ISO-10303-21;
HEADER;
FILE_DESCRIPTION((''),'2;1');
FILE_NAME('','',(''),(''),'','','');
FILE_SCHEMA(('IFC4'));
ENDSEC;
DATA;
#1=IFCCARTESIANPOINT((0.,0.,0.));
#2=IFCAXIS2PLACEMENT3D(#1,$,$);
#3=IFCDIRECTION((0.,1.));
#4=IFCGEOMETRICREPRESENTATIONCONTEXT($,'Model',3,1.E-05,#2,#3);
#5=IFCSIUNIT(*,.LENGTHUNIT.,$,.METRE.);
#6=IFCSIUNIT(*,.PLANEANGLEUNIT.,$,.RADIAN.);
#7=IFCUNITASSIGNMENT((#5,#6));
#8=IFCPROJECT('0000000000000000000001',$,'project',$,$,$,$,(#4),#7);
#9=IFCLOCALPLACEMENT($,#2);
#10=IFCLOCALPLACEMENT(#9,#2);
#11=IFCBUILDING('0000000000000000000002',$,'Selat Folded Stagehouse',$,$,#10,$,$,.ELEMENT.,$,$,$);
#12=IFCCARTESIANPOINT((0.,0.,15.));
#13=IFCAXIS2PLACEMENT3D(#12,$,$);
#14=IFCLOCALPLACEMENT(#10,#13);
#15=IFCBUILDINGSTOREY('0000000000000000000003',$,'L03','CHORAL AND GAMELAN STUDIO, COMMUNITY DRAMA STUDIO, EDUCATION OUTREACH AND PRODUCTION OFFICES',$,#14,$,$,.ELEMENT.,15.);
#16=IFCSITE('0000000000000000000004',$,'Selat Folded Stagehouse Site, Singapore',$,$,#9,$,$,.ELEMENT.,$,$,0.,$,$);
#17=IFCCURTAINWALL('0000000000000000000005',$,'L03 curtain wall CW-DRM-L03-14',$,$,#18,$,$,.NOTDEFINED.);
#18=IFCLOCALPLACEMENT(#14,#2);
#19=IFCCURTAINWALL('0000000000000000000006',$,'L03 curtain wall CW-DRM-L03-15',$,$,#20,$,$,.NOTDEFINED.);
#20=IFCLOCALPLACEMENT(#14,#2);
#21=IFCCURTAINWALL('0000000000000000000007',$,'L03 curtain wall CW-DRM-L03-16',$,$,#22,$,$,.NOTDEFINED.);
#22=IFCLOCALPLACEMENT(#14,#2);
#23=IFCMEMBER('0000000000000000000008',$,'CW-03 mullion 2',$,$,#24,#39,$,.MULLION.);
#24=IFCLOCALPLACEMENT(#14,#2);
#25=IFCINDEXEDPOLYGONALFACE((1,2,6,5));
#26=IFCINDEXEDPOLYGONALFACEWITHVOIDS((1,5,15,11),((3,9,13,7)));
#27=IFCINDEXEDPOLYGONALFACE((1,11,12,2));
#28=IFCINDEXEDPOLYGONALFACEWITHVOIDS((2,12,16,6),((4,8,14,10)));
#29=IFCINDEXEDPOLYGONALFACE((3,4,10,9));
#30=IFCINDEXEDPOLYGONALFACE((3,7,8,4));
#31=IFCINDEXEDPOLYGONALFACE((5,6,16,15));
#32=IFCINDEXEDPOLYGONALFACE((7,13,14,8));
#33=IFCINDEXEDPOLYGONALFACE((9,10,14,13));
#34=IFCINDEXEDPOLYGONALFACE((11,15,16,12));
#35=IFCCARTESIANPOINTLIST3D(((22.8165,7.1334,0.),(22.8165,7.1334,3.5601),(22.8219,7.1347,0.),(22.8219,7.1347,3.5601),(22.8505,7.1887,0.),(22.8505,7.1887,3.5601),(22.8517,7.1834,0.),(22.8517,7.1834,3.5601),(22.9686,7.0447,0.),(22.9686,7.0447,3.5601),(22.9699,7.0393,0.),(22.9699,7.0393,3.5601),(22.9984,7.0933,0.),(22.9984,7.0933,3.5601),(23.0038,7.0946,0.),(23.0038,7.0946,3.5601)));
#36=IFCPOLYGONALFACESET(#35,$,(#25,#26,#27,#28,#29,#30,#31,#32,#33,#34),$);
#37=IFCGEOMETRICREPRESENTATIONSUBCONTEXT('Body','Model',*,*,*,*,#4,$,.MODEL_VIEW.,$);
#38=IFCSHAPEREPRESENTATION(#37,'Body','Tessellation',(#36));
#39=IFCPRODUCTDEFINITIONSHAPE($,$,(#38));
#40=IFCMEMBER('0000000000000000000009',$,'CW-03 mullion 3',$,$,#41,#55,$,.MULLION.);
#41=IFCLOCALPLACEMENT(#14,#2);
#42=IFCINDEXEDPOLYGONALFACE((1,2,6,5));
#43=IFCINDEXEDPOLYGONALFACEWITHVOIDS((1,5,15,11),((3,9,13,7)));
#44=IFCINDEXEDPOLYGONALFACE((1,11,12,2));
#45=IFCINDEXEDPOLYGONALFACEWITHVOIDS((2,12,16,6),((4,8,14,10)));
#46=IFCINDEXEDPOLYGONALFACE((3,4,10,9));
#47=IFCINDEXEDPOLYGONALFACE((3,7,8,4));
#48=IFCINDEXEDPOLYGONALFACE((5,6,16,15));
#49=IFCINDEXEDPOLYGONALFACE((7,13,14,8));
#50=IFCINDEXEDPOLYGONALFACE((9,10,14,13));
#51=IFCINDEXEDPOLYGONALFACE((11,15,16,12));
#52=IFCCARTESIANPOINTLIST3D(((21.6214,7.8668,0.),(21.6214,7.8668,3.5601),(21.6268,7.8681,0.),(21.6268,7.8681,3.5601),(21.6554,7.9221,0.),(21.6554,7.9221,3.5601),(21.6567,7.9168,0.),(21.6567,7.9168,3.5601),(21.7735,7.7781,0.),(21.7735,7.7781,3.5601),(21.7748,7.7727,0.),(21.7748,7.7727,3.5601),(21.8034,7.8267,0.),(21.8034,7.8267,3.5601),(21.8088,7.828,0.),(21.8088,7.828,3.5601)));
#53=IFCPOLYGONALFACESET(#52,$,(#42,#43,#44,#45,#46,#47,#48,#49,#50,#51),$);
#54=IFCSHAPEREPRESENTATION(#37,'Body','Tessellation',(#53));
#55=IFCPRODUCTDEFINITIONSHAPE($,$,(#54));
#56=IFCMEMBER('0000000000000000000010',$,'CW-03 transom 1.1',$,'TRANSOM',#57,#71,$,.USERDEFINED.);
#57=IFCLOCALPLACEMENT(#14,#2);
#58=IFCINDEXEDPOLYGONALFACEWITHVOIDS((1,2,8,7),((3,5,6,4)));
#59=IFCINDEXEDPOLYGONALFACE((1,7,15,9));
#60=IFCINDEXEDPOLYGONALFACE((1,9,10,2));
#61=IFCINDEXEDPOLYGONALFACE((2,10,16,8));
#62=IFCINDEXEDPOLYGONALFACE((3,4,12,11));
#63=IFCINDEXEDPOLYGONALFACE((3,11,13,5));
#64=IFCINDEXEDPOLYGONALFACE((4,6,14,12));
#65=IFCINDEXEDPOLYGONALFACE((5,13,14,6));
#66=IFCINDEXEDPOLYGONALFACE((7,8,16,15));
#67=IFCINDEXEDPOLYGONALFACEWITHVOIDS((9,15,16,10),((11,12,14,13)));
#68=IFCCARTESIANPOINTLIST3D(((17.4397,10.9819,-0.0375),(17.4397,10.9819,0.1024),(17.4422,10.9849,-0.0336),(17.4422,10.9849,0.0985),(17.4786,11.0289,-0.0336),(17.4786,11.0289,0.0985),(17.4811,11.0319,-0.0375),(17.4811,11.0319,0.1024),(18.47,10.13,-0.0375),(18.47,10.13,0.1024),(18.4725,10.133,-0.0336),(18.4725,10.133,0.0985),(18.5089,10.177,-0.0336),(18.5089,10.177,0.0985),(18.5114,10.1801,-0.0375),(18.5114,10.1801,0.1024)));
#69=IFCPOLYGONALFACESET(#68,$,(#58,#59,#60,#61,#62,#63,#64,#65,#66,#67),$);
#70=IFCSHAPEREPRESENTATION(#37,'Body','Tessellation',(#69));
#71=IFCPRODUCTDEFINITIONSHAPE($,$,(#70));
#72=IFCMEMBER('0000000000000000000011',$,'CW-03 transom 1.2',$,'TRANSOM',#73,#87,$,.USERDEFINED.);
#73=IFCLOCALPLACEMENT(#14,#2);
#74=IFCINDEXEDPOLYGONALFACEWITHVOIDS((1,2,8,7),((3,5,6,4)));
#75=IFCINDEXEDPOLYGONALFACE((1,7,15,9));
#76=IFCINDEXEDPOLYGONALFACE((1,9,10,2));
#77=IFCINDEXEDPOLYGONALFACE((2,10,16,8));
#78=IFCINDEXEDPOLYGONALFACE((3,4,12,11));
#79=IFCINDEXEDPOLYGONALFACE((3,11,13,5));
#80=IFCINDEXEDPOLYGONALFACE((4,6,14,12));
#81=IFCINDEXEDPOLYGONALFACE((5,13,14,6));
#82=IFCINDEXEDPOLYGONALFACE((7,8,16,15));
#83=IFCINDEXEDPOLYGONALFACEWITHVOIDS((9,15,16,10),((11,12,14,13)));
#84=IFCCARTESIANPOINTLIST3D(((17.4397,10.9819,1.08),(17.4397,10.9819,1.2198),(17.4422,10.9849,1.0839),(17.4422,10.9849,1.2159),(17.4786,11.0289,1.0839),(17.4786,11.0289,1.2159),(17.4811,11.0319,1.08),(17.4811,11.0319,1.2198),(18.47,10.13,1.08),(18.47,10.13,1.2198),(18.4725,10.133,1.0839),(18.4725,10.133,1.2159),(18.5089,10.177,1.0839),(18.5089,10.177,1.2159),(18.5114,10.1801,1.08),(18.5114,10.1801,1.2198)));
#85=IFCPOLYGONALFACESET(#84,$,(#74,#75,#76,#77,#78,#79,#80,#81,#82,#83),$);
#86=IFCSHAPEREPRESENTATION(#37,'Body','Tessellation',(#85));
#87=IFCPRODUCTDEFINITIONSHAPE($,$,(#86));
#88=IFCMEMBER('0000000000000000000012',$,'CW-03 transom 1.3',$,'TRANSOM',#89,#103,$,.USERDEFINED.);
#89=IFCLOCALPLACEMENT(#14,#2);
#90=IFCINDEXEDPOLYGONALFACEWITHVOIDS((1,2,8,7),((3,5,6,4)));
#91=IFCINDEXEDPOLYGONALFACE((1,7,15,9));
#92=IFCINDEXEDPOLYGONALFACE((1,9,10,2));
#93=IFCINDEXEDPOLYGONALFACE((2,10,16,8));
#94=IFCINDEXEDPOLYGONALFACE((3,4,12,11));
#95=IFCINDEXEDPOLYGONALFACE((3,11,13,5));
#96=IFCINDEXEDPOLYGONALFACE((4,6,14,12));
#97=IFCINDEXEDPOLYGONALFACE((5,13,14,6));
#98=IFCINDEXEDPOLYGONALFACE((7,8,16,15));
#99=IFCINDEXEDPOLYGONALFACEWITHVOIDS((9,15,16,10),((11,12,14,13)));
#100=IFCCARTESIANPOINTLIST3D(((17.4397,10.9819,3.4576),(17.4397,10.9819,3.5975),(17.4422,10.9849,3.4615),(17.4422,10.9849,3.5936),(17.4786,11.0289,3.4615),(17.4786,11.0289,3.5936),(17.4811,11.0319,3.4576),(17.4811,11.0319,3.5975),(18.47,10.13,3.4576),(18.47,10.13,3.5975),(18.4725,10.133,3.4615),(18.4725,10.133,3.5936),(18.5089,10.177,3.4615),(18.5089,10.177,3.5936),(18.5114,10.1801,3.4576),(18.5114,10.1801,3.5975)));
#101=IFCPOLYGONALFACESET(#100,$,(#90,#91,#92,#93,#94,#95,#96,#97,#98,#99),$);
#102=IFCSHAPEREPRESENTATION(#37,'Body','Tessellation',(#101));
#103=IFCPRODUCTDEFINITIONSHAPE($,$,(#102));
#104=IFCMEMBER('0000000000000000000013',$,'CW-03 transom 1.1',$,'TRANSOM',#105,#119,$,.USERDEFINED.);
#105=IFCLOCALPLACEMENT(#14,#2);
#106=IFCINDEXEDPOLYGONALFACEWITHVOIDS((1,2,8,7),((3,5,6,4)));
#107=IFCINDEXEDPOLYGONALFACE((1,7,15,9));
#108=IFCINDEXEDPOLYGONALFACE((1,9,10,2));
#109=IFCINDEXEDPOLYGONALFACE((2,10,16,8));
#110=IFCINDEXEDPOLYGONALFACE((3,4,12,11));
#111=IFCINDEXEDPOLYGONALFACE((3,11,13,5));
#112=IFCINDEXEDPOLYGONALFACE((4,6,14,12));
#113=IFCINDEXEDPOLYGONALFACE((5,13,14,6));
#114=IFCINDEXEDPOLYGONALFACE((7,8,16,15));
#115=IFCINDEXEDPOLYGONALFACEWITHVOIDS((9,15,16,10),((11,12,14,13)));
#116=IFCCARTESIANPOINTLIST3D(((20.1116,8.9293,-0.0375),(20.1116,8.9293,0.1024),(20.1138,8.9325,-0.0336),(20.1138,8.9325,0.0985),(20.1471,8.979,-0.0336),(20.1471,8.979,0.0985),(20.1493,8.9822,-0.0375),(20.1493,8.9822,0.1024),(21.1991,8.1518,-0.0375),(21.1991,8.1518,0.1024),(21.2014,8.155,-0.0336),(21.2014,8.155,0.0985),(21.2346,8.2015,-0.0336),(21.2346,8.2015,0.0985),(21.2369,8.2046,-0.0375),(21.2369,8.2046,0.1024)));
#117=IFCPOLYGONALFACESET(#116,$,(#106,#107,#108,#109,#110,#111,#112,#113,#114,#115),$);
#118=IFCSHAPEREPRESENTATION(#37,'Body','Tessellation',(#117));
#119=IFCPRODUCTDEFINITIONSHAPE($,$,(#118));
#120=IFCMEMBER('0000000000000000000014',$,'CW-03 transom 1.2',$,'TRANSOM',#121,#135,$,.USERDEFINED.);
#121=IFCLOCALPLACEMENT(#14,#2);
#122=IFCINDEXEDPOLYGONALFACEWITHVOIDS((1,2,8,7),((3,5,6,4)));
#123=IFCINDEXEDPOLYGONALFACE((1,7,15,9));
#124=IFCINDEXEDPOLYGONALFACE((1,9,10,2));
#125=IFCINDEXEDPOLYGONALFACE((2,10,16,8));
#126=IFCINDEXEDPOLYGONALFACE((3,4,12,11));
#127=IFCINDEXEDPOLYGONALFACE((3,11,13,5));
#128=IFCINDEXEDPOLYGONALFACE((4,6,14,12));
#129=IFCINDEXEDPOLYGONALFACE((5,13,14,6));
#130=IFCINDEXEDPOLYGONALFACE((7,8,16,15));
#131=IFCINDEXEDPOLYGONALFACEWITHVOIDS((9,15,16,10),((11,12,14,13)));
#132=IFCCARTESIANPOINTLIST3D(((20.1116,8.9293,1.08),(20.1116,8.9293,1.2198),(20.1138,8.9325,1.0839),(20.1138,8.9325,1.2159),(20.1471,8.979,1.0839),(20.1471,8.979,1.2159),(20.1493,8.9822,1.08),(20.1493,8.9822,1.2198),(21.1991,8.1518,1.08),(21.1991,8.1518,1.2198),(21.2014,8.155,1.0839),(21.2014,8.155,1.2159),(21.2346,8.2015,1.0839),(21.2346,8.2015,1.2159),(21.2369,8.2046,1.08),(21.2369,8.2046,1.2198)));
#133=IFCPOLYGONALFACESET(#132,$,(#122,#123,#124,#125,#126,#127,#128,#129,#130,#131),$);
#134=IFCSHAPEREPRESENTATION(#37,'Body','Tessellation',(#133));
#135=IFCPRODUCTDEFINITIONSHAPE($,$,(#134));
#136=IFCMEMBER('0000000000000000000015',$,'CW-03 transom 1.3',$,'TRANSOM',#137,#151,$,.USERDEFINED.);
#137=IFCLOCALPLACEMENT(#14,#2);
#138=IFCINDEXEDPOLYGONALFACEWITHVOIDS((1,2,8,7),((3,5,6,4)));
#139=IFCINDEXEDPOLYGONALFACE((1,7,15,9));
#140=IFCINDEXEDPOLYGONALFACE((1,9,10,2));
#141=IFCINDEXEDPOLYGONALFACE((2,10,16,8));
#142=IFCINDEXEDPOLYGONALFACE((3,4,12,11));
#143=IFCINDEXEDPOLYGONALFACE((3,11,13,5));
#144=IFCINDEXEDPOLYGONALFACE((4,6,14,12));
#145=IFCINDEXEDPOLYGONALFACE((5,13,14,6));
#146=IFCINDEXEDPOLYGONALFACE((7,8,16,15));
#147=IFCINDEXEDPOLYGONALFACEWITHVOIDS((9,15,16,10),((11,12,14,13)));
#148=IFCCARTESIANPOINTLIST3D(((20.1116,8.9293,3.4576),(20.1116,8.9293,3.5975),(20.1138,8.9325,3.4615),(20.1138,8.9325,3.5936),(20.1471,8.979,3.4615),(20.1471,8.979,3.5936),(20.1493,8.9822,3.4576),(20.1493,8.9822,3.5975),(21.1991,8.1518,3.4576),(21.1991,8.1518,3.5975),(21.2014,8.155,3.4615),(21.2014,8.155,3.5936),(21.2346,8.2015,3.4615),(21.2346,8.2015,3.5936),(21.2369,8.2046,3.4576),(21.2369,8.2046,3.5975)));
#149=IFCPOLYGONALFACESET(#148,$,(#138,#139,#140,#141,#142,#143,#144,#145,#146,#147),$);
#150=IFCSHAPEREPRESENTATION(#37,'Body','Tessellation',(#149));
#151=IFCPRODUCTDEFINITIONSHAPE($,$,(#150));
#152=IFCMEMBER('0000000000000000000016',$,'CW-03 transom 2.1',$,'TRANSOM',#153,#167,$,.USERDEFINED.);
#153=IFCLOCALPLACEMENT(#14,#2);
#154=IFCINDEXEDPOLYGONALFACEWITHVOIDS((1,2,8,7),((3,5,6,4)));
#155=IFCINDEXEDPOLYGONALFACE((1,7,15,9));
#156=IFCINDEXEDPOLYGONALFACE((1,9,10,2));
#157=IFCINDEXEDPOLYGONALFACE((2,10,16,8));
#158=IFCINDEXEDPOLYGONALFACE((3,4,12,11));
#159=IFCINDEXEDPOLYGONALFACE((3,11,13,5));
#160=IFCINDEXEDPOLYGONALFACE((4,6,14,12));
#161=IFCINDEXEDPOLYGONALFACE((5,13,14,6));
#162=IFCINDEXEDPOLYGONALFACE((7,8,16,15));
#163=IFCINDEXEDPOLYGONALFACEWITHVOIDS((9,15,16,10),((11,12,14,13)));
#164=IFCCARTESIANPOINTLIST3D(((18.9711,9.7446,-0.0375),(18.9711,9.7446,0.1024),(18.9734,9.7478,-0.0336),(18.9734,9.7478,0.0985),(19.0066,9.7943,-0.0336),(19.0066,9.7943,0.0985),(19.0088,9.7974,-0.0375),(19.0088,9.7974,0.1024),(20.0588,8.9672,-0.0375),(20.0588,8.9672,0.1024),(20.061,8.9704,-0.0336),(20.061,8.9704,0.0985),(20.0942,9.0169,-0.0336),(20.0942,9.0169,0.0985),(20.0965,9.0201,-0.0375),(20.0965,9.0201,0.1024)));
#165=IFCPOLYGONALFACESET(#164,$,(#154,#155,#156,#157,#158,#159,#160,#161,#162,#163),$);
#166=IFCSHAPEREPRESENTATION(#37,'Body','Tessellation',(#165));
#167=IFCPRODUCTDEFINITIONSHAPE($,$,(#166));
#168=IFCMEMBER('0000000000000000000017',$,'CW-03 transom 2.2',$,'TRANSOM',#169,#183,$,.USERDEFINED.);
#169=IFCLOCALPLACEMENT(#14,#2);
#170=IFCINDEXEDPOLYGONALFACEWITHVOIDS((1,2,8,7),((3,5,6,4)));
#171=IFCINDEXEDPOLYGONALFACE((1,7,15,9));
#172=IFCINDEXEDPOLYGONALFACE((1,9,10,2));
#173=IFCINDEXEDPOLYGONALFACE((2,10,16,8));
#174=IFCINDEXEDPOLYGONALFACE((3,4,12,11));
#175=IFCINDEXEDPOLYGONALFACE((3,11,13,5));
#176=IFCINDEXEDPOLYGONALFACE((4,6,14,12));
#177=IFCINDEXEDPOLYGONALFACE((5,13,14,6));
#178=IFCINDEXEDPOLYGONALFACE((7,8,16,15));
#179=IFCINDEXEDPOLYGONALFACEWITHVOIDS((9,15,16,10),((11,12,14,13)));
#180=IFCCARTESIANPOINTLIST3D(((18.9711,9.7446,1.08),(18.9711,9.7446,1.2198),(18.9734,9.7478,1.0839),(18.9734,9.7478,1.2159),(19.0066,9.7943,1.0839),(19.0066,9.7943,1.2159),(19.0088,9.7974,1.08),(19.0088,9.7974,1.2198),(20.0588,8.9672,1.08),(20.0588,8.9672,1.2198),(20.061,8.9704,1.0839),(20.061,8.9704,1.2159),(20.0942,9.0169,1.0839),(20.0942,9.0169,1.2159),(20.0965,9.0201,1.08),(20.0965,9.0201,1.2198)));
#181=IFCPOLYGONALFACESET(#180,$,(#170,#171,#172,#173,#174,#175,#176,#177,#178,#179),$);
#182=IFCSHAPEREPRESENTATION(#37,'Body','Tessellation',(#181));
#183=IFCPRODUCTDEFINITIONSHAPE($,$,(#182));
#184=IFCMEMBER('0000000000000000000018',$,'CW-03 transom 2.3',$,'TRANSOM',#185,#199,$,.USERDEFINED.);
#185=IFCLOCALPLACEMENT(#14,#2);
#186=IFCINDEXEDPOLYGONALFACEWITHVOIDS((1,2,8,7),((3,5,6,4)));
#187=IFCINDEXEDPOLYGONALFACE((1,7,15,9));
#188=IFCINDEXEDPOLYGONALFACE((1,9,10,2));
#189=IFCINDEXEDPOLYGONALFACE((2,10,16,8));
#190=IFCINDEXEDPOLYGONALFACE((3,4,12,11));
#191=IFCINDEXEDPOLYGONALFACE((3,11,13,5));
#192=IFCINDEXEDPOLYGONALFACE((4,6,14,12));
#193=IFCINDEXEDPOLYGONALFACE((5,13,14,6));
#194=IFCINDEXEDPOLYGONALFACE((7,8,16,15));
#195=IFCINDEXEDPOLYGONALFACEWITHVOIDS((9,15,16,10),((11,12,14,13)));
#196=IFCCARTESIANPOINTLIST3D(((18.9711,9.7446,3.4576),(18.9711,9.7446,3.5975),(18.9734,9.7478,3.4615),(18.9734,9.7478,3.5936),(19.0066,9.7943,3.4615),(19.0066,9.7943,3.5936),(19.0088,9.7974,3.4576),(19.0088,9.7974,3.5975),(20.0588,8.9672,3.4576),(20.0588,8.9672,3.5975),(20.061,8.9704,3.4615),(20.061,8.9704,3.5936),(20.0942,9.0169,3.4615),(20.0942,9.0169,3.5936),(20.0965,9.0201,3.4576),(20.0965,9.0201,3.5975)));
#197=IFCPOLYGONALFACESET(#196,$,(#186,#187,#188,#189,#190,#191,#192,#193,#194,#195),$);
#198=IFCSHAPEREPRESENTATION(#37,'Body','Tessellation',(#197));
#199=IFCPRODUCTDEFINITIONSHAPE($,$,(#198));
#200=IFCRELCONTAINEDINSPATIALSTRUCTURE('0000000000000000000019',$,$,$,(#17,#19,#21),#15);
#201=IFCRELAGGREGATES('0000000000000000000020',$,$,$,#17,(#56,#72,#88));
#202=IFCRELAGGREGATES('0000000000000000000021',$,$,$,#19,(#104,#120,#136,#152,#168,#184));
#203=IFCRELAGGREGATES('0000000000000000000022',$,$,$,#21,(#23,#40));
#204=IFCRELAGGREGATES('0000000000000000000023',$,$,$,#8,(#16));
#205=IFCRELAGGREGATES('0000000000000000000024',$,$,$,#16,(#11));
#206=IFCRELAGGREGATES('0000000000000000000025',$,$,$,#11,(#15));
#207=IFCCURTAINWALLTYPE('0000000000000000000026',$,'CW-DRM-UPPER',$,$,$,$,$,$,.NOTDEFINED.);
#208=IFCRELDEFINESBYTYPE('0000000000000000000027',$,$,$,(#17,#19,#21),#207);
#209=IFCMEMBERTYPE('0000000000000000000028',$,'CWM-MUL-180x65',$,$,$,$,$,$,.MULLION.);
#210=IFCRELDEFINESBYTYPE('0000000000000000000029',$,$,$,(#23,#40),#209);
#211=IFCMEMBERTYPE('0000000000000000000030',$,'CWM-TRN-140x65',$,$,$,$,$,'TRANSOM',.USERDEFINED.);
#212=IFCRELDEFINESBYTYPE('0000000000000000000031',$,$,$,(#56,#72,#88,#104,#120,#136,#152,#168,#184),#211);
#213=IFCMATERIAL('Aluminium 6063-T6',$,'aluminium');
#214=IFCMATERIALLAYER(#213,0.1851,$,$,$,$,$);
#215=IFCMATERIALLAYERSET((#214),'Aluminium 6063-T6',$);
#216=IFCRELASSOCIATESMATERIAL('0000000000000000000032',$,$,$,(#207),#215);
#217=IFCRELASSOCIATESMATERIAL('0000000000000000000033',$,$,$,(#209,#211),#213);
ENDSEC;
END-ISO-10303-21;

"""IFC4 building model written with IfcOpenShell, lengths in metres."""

from ifc_helpers import new_model, si_unit, direction, frame, origin, origin_2d, place, context, subcontext, project, spatial, hollow_rectangle, extrude, material, layer, layer_set, material_profile, profile_set, type_object, element, aggregate, save


model = new_model("IFC4")

# Units and contexts
model_context = context("Model", 3, precision=1e-05, world=origin(), true_north=direction((0.0, 1.0)))
body_context = subcontext(model_context, "Body", "Model", "MODEL_VIEW")
ifc_project = project(units=[si_unit("LENGTHUNIT", "METRE"), si_unit("PLANEANGLEUNIT", "RADIAN")], contexts=[model_context])

# Site, building, storey
site_placement = place(None, origin())
site = spatial("IfcSite", under=ifc_project, at=site_placement, Name="Selat Folded Stagehouse Site, Singapore", CompositionType="ELEMENT", RefElevation=0.0)
building_placement = place(site_placement, origin())
building = spatial("IfcBuilding", under=site, at=building_placement, Name="Selat Folded Stagehouse", CompositionType="ELEMENT")
storey_placement = place(building_placement, frame((0.0, 0.0, 15.0)))
storey = spatial("IfcBuildingStorey", under=building, at=storey_placement, Name="L03", Description="CHORAL AND GAMELAN STUDIO, COMMUNITY DRAMA STUDIO, EDUCATION OUTREACH AND PRODUCTION OFFICES", CompositionType="ELEMENT", Elevation=15.0)

# Curtain walls, members
ifc_material_1 = material(Name="Aluminium 6063-T6", Category="aluminium")
ifc_layer_1 = layer(ifc_material_1, 0.1851)
ifc_layer_set_1 = layer_set([ifc_layer_1], Name="Aluminium 6063-T6")
curtain_wall_type = type_object("IfcCurtainWallType", Name="CW-DRM-UPPER", PredefinedType="NOTDEFINED", material=ifc_layer_set_1)
curtain_wall_1_placement = place(storey_placement, origin())
curtain_wall_1 = element("IfcCurtainWall", 1, at=curtain_wall_1_placement, inside=storey, type_object=curtain_wall_type, Name="L03 curtain wall CW-DRM-L03-14", PredefinedType="NOTDEFINED")
ifc_material_profile_1 = material_profile(ifc_material_1, hollow_rectangle(XDim=0.0649, YDim=0.1799, WallThickness=0.0039, at=origin_2d()), Name="ALU 180x65x4.0")
ifc_profile_set_1 = profile_set([ifc_material_profile_1], Name="Aluminium 6063-T6")
member_type_1 = type_object("IfcMemberType", Name="CWM-MUL-180x65", PredefinedType="MULLION", material=ifc_profile_set_1)
curtain_wall_2_placement = place(storey_placement, origin())
curtain_wall_2 = element("IfcCurtainWall", 2, at=curtain_wall_2_placement, inside=storey, type_object=curtain_wall_type, Name="L03 curtain wall CW-DRM-L03-15", PredefinedType="NOTDEFINED")
curtain_wall_3_placement = place(storey_placement, origin())
curtain_wall_3 = element("IfcCurtainWall", 3, at=curtain_wall_3_placement, inside=storey, type_object=curtain_wall_type, Name="L03 curtain wall CW-DRM-L03-16", PredefinedType="NOTDEFINED")
member_1_placement = place(storey_placement, frame((22.9102, 7.114, 0.0), z_axis=(0.0, 0.0, 1.0), x_axis=(-0.523025, -0.852317, 0.0)))
member_1 = element("IfcMember", 4, at=member_1_placement, type_object=member_type_1, Name="CW-03 mullion 2", PredefinedType="MULLION", context=body_context, shape_type="SweptSolid", body=[
    extrude(hollow_rectangle(XDim=0.0649, YDim=0.1799, WallThickness=0.0039, at=origin_2d()), origin(), (0.0, 0.0, 1.0), 3.5601),
])
member_2_placement = place(storey_placement, frame((21.7151, 7.8474, 0.0), z_axis=(0.0, 0.0, 1.0), x_axis=(-0.523025, -0.852317, 0.0)))
member_2 = element("IfcMember", 5, at=member_2_placement, type_object=member_type_1, Name="CW-03 mullion 3", PredefinedType="MULLION", context=body_context, shape_type="SweptSolid", body=[
    extrude(hollow_rectangle(XDim=0.0649, YDim=0.1799, WallThickness=0.0039, at=origin_2d()), origin(), (0.0, 0.0, 1.0), 3.5601),
])

# Members
ifc_material_profile_2 = material_profile(ifc_material_1, hollow_rectangle(XDim=0.0649, YDim=0.1399, WallThickness=0.0039, at=origin_2d()), Name="ALU 140x65x4.0")
ifc_profile_set_2 = profile_set([ifc_material_profile_2], Name="Aluminium 6063-T6")
member_type_2 = type_object("IfcMemberType", Name="CWM-TRN-140x65", ElementType="TRANSOM", PredefinedType="USERDEFINED", material=ifc_profile_set_2)
member_3_placement = place(storey_placement, frame((18.4907, 10.155, 0.0325), z_axis=(-0.7707, 0.637198, 0.0), x_axis=(-0.637198, -0.7707, 0.0)))
member_3 = element("IfcMember", 6, at=member_3_placement, type_object=member_type_2, Name="CW-03 transom 1.1", ObjectType="TRANSOM", PredefinedType="USERDEFINED", context=body_context, shape_type="SweptSolid", body=[
    extrude(hollow_rectangle(XDim=0.0649, YDim=0.1399, WallThickness=0.0039, at=origin_2d()), origin(), (0.0, 0.0, 1.0), 1.3369),
])
member_4_placement = place(storey_placement, frame((18.4907, 10.155, 1.1499), z_axis=(-0.7707, 0.637198, 0.0), x_axis=(-0.637198, -0.7707, 0.0)))
member_4 = element("IfcMember", 7, at=member_4_placement, type_object=member_type_2, Name="CW-03 transom 1.2", ObjectType="TRANSOM", PredefinedType="USERDEFINED", context=body_context, shape_type="SweptSolid", body=[
    extrude(hollow_rectangle(XDim=0.0649, YDim=0.1399, WallThickness=0.0039, at=origin_2d()), origin(), (0.0, 0.0, 1.0), 1.3369),
])
member_5_placement = place(storey_placement, frame((18.4907, 10.155, 3.5276), z_axis=(-0.7707, 0.637198, 0.0), x_axis=(-0.637198, -0.7707, 0.0)))
member_5 = element("IfcMember", 8, at=member_5_placement, type_object=member_type_2, Name="CW-03 transom 1.3", ObjectType="TRANSOM", PredefinedType="USERDEFINED", context=body_context, shape_type="SweptSolid", body=[
    extrude(hollow_rectangle(XDim=0.0649, YDim=0.1399, WallThickness=0.0039, at=origin_2d()), origin(), (0.0, 0.0, 1.0), 1.3369),
])
member_6_placement = place(storey_placement, frame((21.218, 8.1782, 0.0325), z_axis=(-0.813487, 0.581584, 0.0), x_axis=(-0.581584, -0.813487, 0.0)))
member_6 = element("IfcMember", 9, at=member_6_placement, type_object=member_type_2, Name="CW-03 transom 1.1", ObjectType="TRANSOM", PredefinedType="USERDEFINED", context=body_context, shape_type="SweptSolid", body=[
    extrude(hollow_rectangle(XDim=0.0649, YDim=0.1399, WallThickness=0.0039, at=origin_2d()), origin(), (0.0, 0.0, 1.0), 1.3369),
])
member_7_placement = place(storey_placement, frame((21.218, 8.1782, 1.1499), z_axis=(-0.813487, 0.581584, 0.0), x_axis=(-0.581584, -0.813487, 0.0)))
member_7 = element("IfcMember", 10, at=member_7_placement, type_object=member_type_2, Name="CW-03 transom 1.2", ObjectType="TRANSOM", PredefinedType="USERDEFINED", context=body_context, shape_type="SweptSolid", body=[
    extrude(hollow_rectangle(XDim=0.0649, YDim=0.1399, WallThickness=0.0039, at=origin_2d()), origin(), (0.0, 0.0, 1.0), 1.3369),
])
member_8_placement = place(storey_placement, frame((21.218, 8.1782, 3.5276), z_axis=(-0.813487, 0.581584, 0.0), x_axis=(-0.581584, -0.813487, 0.0)))
member_8 = element("IfcMember", 11, at=member_8_placement, type_object=member_type_2, Name="CW-03 transom 1.3", ObjectType="TRANSOM", PredefinedType="USERDEFINED", context=body_context, shape_type="SweptSolid", body=[
    extrude(hollow_rectangle(XDim=0.0649, YDim=0.1399, WallThickness=0.0039, at=origin_2d()), origin(), (0.0, 0.0, 1.0), 1.3369),
])
member_9_placement = place(storey_placement, frame((20.0776, 8.9937, 0.0325), z_axis=(-0.813573, 0.581463, 0.0), x_axis=(-0.581463, -0.813573, 0.0)))
member_9 = element("IfcMember", 12, at=member_9_placement, type_object=member_type_2, Name="CW-03 transom 2.1", ObjectType="TRANSOM", PredefinedType="USERDEFINED", context=body_context, shape_type="SweptSolid", body=[
    extrude(hollow_rectangle(XDim=0.0649, YDim=0.1399, WallThickness=0.0039, at=origin_2d()), origin(), (0.0, 0.0, 1.0), 1.3369),
])
member_10_placement = place(storey_placement, frame((20.0776, 8.9937, 1.1499), z_axis=(-0.813573, 0.581463, 0.0), x_axis=(-0.581463, -0.813573, 0.0)))
member_10 = element("IfcMember", 13, at=member_10_placement, type_object=member_type_2, Name="CW-03 transom 2.2", ObjectType="TRANSOM", PredefinedType="USERDEFINED", context=body_context, shape_type="SweptSolid", body=[
    extrude(hollow_rectangle(XDim=0.0649, YDim=0.1399, WallThickness=0.0039, at=origin_2d()), origin(), (0.0, 0.0, 1.0), 1.3369),
])
member_11_placement = place(storey_placement, frame((20.0776, 8.9937, 3.5276), z_axis=(-0.813573, 0.581463, 0.0), x_axis=(-0.581463, -0.813573, 0.0)))
member_11 = element("IfcMember", 14, at=member_11_placement, type_object=member_type_2, Name="CW-03 transom 2.3", ObjectType="TRANSOM", PredefinedType="USERDEFINED", context=body_context, shape_type="SweptSolid", body=[
    extrude(hollow_rectangle(XDim=0.0649, YDim=0.1399, WallThickness=0.0039, at=origin_2d()), origin(), (0.0, 0.0, 1.0), 1.3369),
])

aggregate(curtain_wall_1, [member_3, member_4, member_5])
aggregate(curtain_wall_2, [member_6, member_7, member_8, member_9, member_10, member_11])
aggregate(curtain_wall_3, [member_1, member_2])

save(model, "model.ifc")
